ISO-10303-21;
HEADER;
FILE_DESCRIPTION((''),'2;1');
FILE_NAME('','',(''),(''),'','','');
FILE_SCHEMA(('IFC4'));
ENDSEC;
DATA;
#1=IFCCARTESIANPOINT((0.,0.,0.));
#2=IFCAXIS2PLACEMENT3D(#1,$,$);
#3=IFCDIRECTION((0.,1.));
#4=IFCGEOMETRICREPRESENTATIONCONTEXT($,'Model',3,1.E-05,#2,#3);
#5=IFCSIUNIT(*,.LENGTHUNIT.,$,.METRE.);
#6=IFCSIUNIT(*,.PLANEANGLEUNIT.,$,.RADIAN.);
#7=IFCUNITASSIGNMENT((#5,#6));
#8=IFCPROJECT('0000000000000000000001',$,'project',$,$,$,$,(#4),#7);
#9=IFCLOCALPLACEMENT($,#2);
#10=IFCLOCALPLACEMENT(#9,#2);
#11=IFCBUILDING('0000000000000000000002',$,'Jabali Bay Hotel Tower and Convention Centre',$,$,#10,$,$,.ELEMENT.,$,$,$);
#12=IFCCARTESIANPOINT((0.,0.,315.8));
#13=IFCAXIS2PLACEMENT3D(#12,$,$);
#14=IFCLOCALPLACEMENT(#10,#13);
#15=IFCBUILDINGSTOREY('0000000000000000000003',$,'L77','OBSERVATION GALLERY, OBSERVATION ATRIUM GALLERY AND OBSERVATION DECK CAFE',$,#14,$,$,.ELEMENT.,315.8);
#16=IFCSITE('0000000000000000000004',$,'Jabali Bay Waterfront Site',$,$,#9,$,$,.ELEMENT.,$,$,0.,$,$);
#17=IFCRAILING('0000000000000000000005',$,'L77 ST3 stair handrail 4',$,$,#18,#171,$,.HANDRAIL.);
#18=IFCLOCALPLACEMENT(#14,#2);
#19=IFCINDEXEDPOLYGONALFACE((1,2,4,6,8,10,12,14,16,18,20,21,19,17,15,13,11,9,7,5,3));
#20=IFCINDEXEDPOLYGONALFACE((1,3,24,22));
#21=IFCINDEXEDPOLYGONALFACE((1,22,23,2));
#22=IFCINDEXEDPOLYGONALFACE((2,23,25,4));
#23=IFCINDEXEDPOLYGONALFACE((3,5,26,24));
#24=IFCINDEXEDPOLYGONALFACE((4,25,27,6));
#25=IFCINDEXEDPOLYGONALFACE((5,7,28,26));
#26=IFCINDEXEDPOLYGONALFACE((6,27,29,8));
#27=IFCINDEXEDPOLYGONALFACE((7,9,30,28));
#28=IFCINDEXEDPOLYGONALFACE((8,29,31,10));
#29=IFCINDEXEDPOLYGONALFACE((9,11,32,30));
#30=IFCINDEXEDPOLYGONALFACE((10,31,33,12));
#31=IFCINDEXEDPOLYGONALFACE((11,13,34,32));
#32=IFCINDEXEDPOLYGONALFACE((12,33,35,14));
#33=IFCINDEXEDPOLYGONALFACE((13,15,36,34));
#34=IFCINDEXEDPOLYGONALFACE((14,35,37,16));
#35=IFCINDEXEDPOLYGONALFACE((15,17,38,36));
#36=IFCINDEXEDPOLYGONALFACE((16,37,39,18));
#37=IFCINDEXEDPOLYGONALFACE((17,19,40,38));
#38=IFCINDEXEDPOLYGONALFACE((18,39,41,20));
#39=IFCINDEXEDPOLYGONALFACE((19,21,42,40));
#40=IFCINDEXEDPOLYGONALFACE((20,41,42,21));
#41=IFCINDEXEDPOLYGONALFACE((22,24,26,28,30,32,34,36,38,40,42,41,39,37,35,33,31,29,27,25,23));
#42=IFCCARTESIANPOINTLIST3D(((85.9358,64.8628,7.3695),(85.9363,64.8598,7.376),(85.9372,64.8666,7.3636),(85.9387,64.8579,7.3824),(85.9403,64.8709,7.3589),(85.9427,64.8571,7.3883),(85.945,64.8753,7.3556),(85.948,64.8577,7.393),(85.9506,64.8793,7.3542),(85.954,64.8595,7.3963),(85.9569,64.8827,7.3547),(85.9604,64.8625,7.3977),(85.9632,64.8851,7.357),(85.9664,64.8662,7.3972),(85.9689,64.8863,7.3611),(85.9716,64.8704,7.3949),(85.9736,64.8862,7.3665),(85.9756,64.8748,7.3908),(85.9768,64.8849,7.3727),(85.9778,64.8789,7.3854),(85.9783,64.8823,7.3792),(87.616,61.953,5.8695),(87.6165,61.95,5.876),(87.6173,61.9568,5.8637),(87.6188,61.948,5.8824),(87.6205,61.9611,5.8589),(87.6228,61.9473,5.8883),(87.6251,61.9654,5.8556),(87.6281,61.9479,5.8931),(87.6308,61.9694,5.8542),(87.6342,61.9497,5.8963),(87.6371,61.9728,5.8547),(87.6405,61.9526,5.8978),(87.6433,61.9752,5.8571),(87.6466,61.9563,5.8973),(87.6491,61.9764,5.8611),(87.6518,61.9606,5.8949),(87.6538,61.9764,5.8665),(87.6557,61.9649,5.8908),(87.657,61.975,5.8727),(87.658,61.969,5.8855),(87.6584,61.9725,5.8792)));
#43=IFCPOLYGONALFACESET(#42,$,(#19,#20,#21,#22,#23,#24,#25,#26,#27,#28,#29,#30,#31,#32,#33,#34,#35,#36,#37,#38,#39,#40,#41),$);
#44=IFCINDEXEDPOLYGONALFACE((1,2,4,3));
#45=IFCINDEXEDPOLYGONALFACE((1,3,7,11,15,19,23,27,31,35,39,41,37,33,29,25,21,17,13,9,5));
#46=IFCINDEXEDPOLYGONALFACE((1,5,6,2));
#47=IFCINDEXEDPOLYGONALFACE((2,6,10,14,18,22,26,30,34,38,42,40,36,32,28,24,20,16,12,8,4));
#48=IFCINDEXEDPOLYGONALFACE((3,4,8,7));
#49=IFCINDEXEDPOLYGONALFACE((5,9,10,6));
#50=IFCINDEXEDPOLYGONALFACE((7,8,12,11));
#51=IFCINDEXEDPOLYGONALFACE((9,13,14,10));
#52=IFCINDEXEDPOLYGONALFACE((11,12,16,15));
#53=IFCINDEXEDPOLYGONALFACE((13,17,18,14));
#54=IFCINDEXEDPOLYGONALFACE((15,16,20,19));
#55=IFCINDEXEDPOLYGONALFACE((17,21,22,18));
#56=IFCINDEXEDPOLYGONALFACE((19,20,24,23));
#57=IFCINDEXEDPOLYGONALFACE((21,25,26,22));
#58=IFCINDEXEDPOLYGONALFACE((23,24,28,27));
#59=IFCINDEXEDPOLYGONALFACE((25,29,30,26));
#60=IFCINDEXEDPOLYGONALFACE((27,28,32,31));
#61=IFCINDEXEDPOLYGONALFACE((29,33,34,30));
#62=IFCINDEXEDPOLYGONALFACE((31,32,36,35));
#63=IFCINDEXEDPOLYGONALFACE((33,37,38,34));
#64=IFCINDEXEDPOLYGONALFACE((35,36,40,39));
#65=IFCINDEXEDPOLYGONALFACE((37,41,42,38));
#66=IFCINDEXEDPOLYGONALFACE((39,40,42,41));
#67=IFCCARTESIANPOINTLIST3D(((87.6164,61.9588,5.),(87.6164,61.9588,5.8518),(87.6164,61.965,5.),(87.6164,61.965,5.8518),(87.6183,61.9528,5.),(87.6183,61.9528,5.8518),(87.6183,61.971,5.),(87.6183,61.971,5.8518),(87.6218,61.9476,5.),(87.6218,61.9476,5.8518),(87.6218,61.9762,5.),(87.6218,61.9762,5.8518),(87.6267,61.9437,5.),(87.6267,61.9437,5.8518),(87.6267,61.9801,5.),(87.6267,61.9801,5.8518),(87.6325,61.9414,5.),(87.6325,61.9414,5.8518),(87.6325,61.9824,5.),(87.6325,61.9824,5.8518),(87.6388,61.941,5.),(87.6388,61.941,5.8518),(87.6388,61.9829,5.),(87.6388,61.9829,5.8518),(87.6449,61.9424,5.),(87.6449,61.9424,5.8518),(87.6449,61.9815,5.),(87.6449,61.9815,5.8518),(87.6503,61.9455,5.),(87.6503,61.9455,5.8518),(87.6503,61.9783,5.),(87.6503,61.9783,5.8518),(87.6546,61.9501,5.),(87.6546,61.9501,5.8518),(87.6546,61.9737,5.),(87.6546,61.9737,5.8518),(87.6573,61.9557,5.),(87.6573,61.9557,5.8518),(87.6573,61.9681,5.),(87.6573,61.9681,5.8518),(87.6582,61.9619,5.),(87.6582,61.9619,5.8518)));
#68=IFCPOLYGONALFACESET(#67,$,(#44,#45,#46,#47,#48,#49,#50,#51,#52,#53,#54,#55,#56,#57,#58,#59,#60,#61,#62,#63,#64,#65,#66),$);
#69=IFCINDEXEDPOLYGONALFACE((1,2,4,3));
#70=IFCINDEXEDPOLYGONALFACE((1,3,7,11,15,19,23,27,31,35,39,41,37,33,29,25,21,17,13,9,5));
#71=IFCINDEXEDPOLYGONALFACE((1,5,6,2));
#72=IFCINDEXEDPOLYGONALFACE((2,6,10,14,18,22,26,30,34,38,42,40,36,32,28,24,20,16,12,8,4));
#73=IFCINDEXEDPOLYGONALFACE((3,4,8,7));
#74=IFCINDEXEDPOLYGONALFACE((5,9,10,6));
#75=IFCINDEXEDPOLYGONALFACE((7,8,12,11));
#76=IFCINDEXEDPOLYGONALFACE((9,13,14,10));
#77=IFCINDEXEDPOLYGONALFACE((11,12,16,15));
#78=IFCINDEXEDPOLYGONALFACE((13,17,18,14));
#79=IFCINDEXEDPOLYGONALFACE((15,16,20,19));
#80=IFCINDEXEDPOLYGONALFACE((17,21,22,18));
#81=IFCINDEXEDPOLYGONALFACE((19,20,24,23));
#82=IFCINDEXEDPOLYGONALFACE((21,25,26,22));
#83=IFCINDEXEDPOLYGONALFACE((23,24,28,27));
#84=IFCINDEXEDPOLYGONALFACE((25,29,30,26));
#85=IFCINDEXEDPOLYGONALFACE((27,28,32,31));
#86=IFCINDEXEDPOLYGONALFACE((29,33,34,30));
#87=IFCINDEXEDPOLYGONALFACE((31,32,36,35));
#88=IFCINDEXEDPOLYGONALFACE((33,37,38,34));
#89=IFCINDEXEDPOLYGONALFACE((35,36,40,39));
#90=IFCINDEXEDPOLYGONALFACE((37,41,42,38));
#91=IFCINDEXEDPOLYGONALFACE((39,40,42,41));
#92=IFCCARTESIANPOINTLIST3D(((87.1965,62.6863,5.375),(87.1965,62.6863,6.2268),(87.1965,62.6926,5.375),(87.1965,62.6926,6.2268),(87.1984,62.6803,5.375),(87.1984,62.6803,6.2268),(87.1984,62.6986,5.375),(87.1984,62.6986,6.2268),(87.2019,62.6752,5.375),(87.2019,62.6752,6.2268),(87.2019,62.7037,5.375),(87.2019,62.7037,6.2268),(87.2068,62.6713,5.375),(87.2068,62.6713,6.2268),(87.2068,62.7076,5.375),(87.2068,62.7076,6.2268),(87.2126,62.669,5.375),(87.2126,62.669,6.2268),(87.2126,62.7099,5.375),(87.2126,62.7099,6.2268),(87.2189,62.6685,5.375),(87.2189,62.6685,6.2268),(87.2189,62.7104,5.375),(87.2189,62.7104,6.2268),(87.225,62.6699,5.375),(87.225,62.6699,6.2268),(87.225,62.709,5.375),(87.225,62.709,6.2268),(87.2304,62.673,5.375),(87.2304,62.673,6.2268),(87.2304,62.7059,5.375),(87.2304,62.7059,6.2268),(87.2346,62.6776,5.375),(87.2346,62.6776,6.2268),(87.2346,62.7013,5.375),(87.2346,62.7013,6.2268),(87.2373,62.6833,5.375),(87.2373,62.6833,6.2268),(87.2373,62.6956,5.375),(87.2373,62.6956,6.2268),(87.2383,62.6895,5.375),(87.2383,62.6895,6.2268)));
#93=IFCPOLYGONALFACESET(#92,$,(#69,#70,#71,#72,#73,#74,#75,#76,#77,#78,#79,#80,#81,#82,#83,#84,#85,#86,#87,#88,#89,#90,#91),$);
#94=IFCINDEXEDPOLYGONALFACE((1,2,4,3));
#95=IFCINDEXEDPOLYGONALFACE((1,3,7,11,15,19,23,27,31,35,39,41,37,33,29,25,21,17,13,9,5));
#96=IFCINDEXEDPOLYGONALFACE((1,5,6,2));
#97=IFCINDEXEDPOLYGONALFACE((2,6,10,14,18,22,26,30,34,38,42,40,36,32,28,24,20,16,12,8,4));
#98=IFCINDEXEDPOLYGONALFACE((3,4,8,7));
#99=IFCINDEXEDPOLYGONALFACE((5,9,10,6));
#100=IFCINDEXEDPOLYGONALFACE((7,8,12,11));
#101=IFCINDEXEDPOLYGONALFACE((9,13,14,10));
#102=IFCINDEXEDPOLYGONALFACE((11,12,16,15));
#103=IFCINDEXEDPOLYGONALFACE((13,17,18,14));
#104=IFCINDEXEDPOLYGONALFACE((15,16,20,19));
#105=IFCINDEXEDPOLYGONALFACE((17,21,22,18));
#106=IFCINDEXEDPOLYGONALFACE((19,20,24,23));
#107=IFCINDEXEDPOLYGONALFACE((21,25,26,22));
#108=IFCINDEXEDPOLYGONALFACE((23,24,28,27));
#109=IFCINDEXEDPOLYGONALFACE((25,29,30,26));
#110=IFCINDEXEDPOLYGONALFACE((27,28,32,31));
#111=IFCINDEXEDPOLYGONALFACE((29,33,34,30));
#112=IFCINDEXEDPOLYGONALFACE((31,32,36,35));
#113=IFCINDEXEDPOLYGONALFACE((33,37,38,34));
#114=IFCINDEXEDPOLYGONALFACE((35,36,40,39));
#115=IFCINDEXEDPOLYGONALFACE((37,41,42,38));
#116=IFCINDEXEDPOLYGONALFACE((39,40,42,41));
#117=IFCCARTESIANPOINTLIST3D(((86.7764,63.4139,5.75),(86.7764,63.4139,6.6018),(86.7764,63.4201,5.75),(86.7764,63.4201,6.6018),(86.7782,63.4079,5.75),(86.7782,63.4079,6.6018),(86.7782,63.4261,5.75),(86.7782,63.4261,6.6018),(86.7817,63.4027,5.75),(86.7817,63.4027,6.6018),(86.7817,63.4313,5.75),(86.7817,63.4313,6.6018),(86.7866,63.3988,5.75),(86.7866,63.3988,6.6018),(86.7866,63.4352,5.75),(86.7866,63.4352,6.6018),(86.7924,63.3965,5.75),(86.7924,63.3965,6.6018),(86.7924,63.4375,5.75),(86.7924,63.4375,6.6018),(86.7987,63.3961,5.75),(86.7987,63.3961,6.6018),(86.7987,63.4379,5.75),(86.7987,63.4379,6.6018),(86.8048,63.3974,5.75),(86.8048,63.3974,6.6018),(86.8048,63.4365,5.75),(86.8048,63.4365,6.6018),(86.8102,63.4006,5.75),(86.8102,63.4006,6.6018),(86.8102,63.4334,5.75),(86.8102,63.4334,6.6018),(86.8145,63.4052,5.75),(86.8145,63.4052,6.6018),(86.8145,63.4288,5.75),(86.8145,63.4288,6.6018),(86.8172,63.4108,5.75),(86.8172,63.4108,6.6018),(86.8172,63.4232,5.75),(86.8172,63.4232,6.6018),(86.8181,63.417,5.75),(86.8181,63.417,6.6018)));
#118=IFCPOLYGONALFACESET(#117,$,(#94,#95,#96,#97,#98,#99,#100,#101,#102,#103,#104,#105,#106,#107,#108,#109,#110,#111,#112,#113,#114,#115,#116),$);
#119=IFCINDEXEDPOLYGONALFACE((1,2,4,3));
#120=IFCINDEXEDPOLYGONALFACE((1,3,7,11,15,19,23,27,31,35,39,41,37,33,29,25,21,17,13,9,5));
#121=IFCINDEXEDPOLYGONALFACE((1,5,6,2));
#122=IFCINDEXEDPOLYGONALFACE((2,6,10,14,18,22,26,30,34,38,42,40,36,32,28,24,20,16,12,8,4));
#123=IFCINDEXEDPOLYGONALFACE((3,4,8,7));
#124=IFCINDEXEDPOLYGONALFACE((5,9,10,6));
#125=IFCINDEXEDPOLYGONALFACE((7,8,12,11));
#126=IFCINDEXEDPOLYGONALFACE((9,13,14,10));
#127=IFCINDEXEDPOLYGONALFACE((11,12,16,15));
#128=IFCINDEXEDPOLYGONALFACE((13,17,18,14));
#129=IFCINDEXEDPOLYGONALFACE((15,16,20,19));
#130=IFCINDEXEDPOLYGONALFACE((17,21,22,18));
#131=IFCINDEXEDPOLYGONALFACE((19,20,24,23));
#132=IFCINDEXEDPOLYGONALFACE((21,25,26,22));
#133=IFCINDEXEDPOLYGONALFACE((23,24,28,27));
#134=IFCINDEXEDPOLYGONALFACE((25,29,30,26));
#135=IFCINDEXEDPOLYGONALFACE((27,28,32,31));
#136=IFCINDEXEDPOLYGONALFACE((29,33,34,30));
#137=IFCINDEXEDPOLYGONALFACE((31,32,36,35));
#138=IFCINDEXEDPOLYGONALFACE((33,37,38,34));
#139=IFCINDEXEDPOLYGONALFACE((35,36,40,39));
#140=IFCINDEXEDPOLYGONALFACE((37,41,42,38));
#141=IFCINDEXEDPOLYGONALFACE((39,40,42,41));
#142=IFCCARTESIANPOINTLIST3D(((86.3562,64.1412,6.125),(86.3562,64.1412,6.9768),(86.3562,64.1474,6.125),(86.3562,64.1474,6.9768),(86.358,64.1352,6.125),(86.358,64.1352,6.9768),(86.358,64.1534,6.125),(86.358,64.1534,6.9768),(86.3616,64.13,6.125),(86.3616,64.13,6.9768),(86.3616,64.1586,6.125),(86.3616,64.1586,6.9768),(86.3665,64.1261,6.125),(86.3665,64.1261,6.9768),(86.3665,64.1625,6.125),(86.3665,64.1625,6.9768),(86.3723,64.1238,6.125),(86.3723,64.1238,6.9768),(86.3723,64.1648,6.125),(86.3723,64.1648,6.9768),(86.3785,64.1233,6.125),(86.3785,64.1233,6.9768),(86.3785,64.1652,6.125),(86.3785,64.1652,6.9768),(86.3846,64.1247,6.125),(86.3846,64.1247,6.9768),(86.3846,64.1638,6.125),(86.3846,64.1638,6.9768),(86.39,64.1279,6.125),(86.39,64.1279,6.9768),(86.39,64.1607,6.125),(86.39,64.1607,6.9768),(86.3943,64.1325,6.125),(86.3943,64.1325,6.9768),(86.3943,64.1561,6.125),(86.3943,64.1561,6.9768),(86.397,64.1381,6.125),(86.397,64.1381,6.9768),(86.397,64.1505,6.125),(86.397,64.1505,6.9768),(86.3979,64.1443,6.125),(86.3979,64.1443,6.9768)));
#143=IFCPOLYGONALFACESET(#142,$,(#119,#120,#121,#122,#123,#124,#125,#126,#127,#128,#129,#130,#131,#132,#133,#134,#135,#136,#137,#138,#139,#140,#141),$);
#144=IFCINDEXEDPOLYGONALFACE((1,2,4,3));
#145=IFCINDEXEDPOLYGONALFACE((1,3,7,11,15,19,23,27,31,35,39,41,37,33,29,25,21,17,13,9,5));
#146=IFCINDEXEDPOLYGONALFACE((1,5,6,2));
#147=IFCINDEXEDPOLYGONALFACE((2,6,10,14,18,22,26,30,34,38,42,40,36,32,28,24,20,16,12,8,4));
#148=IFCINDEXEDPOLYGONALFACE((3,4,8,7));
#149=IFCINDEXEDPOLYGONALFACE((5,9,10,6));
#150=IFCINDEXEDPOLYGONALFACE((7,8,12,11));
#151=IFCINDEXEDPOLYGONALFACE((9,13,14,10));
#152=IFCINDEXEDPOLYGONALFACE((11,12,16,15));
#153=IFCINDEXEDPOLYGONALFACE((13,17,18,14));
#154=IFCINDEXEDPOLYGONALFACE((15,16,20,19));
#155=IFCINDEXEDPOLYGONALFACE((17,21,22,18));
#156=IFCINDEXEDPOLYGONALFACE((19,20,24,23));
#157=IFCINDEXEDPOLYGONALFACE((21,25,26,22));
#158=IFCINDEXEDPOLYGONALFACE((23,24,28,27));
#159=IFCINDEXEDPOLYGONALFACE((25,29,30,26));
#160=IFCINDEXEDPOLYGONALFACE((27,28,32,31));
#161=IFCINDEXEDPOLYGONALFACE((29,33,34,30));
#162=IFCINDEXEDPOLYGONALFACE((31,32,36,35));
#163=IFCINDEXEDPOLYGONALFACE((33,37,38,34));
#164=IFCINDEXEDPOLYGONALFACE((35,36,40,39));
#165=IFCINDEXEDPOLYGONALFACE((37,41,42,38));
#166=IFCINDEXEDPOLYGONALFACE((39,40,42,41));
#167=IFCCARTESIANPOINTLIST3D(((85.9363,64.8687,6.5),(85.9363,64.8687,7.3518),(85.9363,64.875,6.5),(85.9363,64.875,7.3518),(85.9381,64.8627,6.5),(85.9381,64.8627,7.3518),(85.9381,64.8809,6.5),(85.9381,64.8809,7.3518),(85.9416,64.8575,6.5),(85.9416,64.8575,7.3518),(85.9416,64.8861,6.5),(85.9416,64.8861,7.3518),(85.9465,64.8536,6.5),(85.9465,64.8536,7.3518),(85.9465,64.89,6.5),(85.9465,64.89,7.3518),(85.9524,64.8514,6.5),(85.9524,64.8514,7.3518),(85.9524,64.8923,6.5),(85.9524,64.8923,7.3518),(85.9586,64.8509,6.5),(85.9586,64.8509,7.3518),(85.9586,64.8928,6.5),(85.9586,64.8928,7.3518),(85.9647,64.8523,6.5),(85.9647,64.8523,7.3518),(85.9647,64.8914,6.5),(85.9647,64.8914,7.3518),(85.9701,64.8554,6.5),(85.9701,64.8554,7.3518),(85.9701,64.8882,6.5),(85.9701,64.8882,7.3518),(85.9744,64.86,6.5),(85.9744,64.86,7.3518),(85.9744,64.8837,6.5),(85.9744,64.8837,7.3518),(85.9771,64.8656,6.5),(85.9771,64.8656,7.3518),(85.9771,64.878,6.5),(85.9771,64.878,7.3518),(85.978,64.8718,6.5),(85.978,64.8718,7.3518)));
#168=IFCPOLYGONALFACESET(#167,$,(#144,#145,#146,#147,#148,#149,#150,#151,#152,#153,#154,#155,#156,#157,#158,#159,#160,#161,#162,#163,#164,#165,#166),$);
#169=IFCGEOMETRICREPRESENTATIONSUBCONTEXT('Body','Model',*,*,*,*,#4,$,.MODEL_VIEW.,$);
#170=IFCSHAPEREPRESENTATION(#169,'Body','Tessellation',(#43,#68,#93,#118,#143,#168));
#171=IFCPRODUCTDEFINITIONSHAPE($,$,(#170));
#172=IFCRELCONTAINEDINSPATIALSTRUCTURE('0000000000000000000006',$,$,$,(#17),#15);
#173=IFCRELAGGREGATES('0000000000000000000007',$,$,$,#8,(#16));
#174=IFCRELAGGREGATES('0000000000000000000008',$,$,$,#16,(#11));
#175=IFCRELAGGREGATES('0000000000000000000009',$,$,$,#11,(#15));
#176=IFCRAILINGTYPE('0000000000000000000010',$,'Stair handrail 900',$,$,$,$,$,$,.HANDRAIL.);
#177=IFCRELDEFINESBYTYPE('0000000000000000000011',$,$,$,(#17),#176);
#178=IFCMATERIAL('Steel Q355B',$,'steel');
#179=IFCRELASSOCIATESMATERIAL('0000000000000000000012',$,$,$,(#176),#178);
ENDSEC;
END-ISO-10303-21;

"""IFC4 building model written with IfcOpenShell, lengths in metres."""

from ifc_helpers import new_model, si_unit, direction, frame, origin, origin_2d, place, context, subcontext, project, spatial, circle, extrude, material, type_object, element, save


model = new_model("IFC4")

# Units and contexts
model_context = context("Model", 3, precision=1e-05, world=origin(), true_north=direction((0.0, 1.0)))
body_context = subcontext(model_context, "Body", "Model", "MODEL_VIEW")
ifc_project = project(units=[si_unit("LENGTHUNIT", "METRE"), si_unit("PLANEANGLEUNIT", "RADIAN")], contexts=[model_context])

# Site, building, storey
site_placement = place(None, origin())
site = spatial("IfcSite", under=ifc_project, at=site_placement, Name="Jabali Bay Waterfront Site", CompositionType="ELEMENT", RefElevation=0.0)
building_placement = place(site_placement, origin())
building = spatial("IfcBuilding", under=site, at=building_placement, Name="Jabali Bay Hotel Tower and Convention Centre", CompositionType="ELEMENT")
storey_placement = place(building_placement, frame((0.0, 0.0, 315.8)))
storey = spatial("IfcBuildingStorey", under=building, at=storey_placement, Name="L77", Description="OBSERVATION GALLERY, OBSERVATION ATRIUM GALLERY AND OBSERVATION DECK CAFE", CompositionType="ELEMENT", Elevation=315.8)

# Railing
ifc_material_1 = material(Name="Steel Q355B", Category="steel")
railing_type_1 = type_object("IfcRailingType", Name="Stair handrail 900", PredefinedType="HANDRAIL", material=ifc_material_1)
railing_1_placement = place(storey_placement, frame((87.6372, 61.9619, 5.0)))
element("IfcRailing", 1, at=railing_1_placement, inside=storey, type_object=railing_type_1, Name="L77 ST3 stair handrail 4", PredefinedType="HANDRAIL", context=body_context, shape_type="SweptSolid", body=[
    extrude(circle(Radius=0.0239, at=origin_2d()), frame((0.0, 0.0, 0.876), z_axis=(-0.4566, 0.79079, 0.407636), x_axis=(-0.866008, -0.500031, 0.0)), (0.0, 0.0, 1.0), 3.6797),
    extrude(circle(Radius=0.021, at=origin_2d()), origin(), (0.0, 0.0, 1.0), 0.8518),
    extrude(circle(Radius=0.021, at=origin_2d()), frame((-0.4199, 0.7275, 0.375)), (0.0, 0.0, 1.0), 0.8518),
    extrude(circle(Radius=0.021, at=origin_2d()), frame((-0.8401, 1.4551, 0.75)), (0.0, 0.0, 1.0), 0.8518),
    extrude(circle(Radius=0.021, at=origin_2d()), frame((-1.2603, 2.1824, 1.125)), (0.0, 0.0, 1.0), 0.8518),
    extrude(circle(Radius=0.021, at=origin_2d()), frame((-1.6802, 2.9099, 1.5)), (0.0, 0.0, 1.0), 0.8518),
])

save(model, "model.ifc")
